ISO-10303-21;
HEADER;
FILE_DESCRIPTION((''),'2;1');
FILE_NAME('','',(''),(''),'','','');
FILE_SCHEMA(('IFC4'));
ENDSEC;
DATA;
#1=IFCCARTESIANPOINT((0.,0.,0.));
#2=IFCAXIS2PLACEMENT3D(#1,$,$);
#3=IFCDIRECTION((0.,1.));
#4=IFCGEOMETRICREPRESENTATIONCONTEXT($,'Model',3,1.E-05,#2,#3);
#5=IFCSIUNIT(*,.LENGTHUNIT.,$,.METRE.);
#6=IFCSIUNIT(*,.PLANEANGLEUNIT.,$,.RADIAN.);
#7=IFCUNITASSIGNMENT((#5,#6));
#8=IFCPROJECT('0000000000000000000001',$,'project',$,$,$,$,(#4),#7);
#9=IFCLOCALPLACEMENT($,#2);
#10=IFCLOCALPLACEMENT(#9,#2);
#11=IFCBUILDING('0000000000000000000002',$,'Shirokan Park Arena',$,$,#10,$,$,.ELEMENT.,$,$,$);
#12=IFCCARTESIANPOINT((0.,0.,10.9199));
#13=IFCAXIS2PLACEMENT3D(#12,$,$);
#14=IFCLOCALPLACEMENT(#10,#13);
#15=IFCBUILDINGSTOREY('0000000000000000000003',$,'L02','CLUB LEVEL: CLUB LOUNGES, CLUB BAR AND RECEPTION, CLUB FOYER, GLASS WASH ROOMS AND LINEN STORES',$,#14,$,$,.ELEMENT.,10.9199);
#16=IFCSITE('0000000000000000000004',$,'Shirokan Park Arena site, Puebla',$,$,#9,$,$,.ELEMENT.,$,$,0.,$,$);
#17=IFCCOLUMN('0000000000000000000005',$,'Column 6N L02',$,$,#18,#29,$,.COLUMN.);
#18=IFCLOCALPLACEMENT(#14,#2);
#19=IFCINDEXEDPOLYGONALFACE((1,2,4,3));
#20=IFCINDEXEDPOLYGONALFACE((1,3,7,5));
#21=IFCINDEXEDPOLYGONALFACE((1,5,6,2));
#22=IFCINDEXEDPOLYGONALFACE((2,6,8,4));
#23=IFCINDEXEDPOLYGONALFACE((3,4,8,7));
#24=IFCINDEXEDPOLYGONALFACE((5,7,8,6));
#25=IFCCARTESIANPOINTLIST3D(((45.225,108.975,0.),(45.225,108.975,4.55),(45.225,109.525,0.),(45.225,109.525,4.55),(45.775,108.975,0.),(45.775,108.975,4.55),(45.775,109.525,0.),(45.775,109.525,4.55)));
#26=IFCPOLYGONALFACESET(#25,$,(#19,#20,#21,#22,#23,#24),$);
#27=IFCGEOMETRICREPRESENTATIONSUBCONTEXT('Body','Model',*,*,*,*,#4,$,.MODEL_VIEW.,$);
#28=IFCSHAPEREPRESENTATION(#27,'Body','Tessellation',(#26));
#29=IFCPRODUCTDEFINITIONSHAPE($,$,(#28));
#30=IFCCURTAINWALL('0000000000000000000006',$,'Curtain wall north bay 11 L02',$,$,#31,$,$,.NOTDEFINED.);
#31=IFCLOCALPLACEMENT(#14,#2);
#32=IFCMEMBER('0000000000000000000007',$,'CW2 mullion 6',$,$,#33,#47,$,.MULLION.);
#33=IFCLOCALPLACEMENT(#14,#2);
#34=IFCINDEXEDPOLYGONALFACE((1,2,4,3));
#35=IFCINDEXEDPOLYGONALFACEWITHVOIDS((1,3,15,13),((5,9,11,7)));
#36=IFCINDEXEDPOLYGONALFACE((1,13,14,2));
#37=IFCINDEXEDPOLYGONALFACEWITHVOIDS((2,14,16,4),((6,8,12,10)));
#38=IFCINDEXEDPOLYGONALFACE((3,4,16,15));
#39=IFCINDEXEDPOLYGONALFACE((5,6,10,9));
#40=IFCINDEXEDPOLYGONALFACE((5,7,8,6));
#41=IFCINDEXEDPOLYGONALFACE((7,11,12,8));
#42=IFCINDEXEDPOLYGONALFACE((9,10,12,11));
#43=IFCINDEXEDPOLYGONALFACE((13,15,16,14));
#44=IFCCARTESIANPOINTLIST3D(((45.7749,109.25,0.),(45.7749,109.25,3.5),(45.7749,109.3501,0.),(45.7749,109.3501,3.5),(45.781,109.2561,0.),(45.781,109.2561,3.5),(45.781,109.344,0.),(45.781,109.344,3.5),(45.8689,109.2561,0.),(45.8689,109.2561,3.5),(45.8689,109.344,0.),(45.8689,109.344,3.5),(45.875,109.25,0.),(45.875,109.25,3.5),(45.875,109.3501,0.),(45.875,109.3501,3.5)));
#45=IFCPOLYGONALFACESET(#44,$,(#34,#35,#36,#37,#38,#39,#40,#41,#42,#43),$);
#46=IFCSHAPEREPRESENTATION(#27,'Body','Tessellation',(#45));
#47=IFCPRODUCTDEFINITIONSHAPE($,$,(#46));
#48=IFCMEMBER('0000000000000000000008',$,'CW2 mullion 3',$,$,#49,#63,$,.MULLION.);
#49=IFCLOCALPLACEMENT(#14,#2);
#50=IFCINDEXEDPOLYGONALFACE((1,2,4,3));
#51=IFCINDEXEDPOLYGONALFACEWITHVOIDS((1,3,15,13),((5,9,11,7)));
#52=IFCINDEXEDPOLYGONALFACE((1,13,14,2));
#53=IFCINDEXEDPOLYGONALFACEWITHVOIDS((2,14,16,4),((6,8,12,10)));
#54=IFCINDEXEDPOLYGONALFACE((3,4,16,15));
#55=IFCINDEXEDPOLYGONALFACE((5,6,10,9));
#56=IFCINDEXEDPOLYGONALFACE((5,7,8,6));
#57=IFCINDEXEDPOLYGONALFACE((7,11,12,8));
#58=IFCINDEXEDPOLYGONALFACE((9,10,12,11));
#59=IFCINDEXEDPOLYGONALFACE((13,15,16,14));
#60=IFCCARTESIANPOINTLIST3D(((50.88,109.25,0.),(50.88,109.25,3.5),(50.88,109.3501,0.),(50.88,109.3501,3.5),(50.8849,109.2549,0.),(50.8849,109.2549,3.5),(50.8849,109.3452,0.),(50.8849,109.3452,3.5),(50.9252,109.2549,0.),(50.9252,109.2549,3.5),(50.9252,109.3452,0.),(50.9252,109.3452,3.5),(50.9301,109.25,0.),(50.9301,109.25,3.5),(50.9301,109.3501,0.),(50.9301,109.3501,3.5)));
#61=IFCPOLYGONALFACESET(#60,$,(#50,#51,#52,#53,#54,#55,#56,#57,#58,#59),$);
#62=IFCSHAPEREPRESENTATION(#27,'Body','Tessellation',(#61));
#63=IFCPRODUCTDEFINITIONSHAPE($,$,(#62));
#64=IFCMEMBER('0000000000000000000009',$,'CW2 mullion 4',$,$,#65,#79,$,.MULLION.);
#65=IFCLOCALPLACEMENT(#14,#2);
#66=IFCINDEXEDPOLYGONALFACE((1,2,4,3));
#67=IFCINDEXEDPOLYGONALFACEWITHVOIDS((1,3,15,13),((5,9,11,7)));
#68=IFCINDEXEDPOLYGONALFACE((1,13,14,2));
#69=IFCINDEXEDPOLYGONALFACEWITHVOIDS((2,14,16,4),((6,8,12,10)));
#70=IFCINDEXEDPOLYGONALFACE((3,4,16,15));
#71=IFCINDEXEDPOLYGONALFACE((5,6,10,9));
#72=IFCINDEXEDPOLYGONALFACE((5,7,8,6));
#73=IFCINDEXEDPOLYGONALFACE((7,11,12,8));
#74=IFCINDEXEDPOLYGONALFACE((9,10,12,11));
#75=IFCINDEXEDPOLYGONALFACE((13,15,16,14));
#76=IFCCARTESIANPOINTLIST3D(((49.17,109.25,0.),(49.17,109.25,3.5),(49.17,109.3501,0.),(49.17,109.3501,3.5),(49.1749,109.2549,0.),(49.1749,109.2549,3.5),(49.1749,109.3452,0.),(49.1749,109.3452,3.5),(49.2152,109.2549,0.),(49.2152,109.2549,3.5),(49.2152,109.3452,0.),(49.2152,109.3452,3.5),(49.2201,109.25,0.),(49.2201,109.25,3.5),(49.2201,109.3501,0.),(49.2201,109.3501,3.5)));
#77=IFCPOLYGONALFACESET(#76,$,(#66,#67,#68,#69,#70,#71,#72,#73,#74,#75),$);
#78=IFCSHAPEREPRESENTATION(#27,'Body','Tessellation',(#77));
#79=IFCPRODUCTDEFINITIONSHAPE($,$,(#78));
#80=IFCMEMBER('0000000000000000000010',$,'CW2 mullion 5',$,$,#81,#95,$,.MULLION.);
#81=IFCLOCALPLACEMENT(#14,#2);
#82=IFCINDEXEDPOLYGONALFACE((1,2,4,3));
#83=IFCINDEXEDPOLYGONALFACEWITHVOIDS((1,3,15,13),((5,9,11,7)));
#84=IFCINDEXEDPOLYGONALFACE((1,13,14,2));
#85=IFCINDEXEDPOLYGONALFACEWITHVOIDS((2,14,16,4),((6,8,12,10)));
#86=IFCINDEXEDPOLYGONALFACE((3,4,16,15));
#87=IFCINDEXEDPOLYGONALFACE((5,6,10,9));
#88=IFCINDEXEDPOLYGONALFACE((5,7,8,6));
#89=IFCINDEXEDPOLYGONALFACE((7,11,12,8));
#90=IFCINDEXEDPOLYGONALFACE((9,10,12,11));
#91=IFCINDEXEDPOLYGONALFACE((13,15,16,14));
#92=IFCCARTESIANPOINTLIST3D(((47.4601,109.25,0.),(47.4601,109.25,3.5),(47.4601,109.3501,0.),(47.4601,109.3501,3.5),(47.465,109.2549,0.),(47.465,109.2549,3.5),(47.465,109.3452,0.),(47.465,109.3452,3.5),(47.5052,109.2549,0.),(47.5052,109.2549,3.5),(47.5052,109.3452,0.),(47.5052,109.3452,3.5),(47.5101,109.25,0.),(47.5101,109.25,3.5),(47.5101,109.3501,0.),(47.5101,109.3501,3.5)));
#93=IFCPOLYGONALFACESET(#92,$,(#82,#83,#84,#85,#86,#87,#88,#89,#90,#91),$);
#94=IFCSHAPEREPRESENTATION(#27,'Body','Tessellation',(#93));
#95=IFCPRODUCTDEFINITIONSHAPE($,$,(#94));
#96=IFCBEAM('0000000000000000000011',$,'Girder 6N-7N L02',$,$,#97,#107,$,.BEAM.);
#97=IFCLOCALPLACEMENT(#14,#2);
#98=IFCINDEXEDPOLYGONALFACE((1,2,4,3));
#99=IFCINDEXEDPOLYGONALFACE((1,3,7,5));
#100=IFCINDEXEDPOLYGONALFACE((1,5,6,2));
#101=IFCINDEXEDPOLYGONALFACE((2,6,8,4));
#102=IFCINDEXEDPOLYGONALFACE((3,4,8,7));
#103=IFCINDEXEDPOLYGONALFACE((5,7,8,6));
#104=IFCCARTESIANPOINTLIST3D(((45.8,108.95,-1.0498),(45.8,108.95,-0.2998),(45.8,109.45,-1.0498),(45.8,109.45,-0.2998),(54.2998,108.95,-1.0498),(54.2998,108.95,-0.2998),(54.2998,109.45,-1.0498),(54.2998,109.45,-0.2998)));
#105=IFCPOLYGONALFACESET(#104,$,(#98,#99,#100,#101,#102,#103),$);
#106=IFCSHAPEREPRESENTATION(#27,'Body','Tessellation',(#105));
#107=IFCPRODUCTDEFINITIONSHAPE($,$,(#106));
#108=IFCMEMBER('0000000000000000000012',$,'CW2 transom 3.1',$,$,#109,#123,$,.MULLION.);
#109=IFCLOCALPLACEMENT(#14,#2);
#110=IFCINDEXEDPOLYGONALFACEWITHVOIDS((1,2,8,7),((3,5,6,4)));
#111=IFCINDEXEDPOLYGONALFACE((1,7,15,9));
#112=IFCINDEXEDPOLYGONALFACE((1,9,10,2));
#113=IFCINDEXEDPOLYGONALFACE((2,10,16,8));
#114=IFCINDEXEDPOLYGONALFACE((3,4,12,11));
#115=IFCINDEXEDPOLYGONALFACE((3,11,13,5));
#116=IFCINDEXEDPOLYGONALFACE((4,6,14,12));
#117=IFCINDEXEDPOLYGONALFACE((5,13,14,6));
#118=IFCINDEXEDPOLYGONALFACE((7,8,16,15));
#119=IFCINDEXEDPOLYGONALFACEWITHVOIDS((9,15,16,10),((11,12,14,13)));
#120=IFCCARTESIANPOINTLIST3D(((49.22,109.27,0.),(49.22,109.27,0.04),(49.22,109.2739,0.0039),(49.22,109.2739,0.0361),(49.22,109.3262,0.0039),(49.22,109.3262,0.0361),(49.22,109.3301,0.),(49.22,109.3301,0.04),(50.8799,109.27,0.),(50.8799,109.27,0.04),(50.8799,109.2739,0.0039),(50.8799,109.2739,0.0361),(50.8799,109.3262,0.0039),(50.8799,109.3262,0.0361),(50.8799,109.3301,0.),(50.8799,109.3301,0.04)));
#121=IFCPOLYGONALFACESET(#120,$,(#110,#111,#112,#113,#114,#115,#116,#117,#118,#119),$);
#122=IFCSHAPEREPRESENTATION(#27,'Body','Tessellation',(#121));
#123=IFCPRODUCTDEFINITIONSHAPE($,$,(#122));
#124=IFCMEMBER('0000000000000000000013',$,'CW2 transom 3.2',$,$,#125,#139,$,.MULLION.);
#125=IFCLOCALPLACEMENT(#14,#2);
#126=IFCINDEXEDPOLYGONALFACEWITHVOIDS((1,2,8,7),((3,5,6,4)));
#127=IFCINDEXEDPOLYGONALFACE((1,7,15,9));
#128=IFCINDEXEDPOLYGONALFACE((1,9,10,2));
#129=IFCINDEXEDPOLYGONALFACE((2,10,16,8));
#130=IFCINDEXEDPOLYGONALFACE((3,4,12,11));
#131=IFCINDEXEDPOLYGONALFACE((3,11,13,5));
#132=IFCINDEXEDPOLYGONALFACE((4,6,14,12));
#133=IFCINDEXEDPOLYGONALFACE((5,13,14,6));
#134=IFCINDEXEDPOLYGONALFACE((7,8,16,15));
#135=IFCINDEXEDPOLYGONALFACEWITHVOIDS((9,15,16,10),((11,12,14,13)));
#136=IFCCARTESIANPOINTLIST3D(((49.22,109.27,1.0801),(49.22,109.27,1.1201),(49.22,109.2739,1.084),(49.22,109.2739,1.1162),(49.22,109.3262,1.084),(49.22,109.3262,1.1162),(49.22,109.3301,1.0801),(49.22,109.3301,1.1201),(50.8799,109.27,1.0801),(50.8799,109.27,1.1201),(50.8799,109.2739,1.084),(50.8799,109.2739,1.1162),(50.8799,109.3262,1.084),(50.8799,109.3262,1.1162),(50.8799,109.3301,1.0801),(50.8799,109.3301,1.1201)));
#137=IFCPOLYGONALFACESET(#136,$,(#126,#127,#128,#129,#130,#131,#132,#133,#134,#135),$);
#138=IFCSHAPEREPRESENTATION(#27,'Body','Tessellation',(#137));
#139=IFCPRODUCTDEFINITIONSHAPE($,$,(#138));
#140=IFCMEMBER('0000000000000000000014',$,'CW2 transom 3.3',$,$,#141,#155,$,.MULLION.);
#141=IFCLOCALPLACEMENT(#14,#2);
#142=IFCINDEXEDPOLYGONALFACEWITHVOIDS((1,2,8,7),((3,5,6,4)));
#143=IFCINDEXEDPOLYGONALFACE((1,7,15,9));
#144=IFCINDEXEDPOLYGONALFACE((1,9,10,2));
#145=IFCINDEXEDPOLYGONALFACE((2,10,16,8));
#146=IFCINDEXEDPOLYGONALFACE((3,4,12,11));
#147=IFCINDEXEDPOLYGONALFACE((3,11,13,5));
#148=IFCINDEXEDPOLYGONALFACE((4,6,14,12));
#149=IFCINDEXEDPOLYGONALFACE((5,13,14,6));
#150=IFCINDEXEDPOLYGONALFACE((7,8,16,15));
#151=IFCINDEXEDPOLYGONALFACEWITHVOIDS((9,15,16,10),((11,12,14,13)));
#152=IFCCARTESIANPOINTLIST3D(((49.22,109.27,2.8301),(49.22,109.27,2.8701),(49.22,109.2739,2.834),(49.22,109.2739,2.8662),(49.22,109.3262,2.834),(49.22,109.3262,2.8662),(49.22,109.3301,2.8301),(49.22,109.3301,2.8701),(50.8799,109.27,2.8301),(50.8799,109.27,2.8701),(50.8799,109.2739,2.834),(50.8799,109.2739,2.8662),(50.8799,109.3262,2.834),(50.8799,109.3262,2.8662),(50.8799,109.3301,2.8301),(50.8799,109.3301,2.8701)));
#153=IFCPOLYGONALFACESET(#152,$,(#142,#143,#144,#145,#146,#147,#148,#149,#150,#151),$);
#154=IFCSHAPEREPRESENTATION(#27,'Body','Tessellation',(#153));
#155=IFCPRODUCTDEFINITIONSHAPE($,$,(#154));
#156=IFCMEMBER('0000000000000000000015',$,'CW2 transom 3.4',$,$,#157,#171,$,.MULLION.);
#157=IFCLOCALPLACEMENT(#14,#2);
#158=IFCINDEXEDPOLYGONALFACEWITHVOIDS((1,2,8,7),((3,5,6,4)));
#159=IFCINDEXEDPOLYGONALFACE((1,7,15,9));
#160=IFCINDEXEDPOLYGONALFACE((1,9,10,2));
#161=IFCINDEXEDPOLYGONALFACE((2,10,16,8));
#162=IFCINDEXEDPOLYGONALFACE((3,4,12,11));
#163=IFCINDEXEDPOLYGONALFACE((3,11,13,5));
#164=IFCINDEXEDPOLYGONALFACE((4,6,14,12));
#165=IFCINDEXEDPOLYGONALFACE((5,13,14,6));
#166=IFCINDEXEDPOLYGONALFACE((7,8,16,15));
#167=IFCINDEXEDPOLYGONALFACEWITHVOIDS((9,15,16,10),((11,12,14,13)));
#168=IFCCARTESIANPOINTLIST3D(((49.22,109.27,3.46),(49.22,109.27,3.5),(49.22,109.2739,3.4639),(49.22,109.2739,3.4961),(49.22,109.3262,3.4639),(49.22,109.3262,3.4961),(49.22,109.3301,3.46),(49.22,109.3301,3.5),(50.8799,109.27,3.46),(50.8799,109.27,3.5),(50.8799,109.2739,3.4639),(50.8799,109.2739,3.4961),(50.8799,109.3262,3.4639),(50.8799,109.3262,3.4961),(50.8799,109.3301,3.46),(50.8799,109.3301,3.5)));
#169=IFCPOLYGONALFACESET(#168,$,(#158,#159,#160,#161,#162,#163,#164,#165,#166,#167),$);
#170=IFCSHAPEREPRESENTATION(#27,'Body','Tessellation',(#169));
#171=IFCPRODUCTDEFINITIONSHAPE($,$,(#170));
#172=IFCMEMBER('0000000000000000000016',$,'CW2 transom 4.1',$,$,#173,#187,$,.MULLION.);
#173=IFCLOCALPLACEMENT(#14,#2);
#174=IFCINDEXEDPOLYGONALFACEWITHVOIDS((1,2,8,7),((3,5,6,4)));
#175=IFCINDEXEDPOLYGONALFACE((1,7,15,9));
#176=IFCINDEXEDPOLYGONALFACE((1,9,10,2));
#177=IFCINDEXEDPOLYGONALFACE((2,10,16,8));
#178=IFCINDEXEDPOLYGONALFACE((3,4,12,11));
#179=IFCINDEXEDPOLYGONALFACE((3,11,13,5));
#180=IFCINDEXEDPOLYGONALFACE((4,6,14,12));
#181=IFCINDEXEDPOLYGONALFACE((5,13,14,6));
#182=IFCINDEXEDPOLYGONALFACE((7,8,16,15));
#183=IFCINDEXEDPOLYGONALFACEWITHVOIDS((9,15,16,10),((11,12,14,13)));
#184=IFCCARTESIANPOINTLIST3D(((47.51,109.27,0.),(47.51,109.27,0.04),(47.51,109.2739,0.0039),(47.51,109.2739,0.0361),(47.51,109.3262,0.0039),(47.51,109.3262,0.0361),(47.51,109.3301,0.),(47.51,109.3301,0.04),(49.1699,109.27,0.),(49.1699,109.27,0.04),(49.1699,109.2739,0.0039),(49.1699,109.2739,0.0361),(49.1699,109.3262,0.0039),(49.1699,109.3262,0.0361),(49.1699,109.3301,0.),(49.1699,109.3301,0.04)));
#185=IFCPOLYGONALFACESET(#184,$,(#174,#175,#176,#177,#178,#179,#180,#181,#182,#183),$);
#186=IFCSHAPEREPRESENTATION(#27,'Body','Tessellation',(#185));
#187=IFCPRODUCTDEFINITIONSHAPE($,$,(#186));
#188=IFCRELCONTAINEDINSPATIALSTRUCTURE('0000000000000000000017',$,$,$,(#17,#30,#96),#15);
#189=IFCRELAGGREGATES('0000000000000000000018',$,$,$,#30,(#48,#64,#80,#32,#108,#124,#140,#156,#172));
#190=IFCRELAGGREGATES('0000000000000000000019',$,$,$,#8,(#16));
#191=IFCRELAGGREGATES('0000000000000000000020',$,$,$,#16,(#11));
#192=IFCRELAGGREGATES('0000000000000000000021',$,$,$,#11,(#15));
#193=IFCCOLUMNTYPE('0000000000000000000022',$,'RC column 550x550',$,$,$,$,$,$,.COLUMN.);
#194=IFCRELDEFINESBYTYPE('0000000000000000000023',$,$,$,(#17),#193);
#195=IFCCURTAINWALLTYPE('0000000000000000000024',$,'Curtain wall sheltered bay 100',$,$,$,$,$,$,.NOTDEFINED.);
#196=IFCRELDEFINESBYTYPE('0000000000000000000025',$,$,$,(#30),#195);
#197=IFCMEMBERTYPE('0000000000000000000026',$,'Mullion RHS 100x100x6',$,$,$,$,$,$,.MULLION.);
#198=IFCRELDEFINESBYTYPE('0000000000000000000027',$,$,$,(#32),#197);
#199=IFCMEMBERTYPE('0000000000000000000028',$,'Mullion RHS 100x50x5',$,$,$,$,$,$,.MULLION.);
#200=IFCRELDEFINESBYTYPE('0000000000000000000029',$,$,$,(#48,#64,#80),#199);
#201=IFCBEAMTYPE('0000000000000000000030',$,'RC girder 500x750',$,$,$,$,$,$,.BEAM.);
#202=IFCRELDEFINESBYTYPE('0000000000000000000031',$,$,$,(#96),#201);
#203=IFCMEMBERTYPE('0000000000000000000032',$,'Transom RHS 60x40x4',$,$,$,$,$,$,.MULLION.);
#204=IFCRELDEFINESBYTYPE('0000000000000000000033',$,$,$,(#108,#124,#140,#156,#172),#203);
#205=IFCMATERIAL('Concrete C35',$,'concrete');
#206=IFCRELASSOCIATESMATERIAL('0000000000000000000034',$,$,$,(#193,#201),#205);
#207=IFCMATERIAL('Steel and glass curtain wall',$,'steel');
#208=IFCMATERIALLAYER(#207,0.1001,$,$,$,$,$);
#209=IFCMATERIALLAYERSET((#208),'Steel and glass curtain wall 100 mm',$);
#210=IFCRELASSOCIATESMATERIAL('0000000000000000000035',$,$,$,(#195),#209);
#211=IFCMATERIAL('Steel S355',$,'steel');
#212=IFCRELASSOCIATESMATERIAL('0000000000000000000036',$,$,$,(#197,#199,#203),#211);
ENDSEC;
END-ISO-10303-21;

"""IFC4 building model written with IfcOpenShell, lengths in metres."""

from ifc_helpers import new_model, si_unit, direction, frame, origin, origin_2d, place, context, subcontext, project, spatial, rectangle, hollow_rectangle, extrude, material, layer, layer_set, material_profile, profile_set, type_object, element, aggregate, save


model = new_model("IFC4")

# Units and contexts
model_context = context("Model", 3, precision=1e-05, world=origin(), true_north=direction((0.0, 1.0)))
body_context = subcontext(model_context, "Body", "Model", "MODEL_VIEW")
ifc_project = project(units=[si_unit("LENGTHUNIT", "METRE"), si_unit("PLANEANGLEUNIT", "RADIAN")], contexts=[model_context])

# Site, building, storey
site_placement = place(None, origin())
site = spatial("IfcSite", under=ifc_project, at=site_placement, Name="Shirokan Park Arena site, Puebla", CompositionType="ELEMENT", RefElevation=0.0)
building_placement = place(site_placement, origin())
building = spatial("IfcBuilding", under=site, at=building_placement, Name="Shirokan Park Arena", CompositionType="ELEMENT")
storey_placement = place(building_placement, frame((0.0, 0.0, 10.9199)))
storey = spatial("IfcBuildingStorey", under=building, at=storey_placement, Name="L02", Description="CLUB LEVEL: CLUB LOUNGES, CLUB BAR AND RECEPTION, CLUB FOYER, GLASS WASH ROOMS AND LINEN STORES", CompositionType="ELEMENT", Elevation=10.9199)

# Column
ifc_material_1 = material(Name="Concrete C35", Category="concrete")
ifc_material_profile_1 = material_profile(ifc_material_1, rectangle(XDim=0.55, YDim=0.55, at=origin_2d()), Name="550x550")
ifc_profile_set_1 = profile_set([ifc_material_profile_1], Name="Concrete C35")
column_type = type_object("IfcColumnType", Name="RC column 550x550", PredefinedType="COLUMN", material=ifc_profile_set_1)
column_placement = place(storey_placement, frame((45.5, 109.25, 0.0), z_axis=(0.0, 0.0, 1.0), x_axis=(1.0, 0.0, 0.0)))
element("IfcColumn", 1, at=column_placement, inside=storey, type_object=column_type, Name="Column 6N L02", PredefinedType="COLUMN", context=body_context, shape_type="SweptSolid", body=[
    extrude(rectangle(XDim=0.55, YDim=0.55, at=origin_2d()), origin(), (0.0, 0.0, 1.0), 4.55),
])

# Curtain wall, members
ifc_material_2 = material(Name="Steel and glass curtain wall", Category="steel")
ifc_layer_1 = layer(ifc_material_2, 0.1001)
ifc_layer_set_1 = layer_set([ifc_layer_1], Name="Steel and glass curtain wall 100 mm")
curtain_wall_type = type_object("IfcCurtainWallType", Name="Curtain wall sheltered bay 100", PredefinedType="NOTDEFINED", material=ifc_layer_set_1)
curtain_wall_placement = place(storey_placement, origin())
curtain_wall = element("IfcCurtainWall", 2, at=curtain_wall_placement, inside=storey, type_object=curtain_wall_type, Name="Curtain wall north bay 11 L02", PredefinedType="NOTDEFINED")
ifc_material_3 = material(Name="Steel S355", Category="steel")
ifc_material_profile_2 = material_profile(ifc_material_3, hollow_rectangle(XDim=0.1001, YDim=0.1001, WallThickness=0.0061, at=origin_2d()), Name="RHS 100x100x6")
ifc_profile_set_2 = profile_set([ifc_material_profile_2], Name="Steel S355")
member_type_1 = type_object("IfcMemberType", Name="Mullion RHS 100x100x6", PredefinedType="MULLION", material=ifc_profile_set_2)
member_1_placement = place(storey_placement, frame((45.825, 109.3, 0.0), z_axis=(0.0, 0.0, 1.0), x_axis=(0.0, -1.0, 0.0)))
member_1 = element("IfcMember", 3, at=member_1_placement, type_object=member_type_1, Name="CW2 mullion 6", PredefinedType="MULLION", context=body_context, shape_type="SweptSolid", body=[
    extrude(hollow_rectangle(XDim=0.1001, YDim=0.1001, WallThickness=0.0061, at=origin_2d()), origin(), (0.0, 0.0, 1.0), 3.5),
])
ifc_material_profile_3 = material_profile(ifc_material_3, hollow_rectangle(XDim=0.1001, YDim=0.05, WallThickness=0.0049, at=origin_2d()), Name="RHS 100x50x5")
ifc_profile_set_3 = profile_set([ifc_material_profile_3], Name="Steel S355")
member_type_2 = type_object("IfcMemberType", Name="Mullion RHS 100x50x5", PredefinedType="MULLION", material=ifc_profile_set_3)
member_2_placement = place(storey_placement, frame((50.905, 109.3, 0.0), z_axis=(0.0, 0.0, 1.0), x_axis=(0.0, -1.0, 0.0)))
member_2 = element("IfcMember", 4, at=member_2_placement, type_object=member_type_2, Name="CW2 mullion 3", PredefinedType="MULLION", context=body_context, shape_type="SweptSolid", body=[
    extrude(hollow_rectangle(XDim=0.1001, YDim=0.05, WallThickness=0.0049, at=origin_2d()), origin(), (0.0, 0.0, 1.0), 3.5),
])
member_3_placement = place(storey_placement, frame((49.1951, 109.3, 0.0), z_axis=(0.0, 0.0, 1.0), x_axis=(0.0, -1.0, 0.0)))
member_3 = element("IfcMember", 5, at=member_3_placement, type_object=member_type_2, Name="CW2 mullion 4", PredefinedType="MULLION", context=body_context, shape_type="SweptSolid", body=[
    extrude(hollow_rectangle(XDim=0.1001, YDim=0.05, WallThickness=0.0049, at=origin_2d()), origin(), (0.0, 0.0, 1.0), 3.5),
])
member_4_placement = place(storey_placement, frame((47.4851, 109.3, 0.0), z_axis=(0.0, 0.0, 1.0), x_axis=(0.0, -1.0, 0.0)))
member_4 = element("IfcMember", 6, at=member_4_placement, type_object=member_type_2, Name="CW2 mullion 5", PredefinedType="MULLION", context=body_context, shape_type="SweptSolid", body=[
    extrude(hollow_rectangle(XDim=0.1001, YDim=0.05, WallThickness=0.0049, at=origin_2d()), origin(), (0.0, 0.0, 1.0), 3.5),
])

# Beam
ifc_material_profile_4 = material_profile(ifc_material_1, rectangle(XDim=0.5, YDim=0.75, at=origin_2d()), Name="500x750")
ifc_profile_set_4 = profile_set([ifc_material_profile_4], Name="Concrete C35")
beam_type = type_object("IfcBeamType", Name="RC girder 500x750", PredefinedType="BEAM", material=ifc_profile_set_4)
beam_placement = place(storey_placement, frame((45.8, 109.2, -0.6748), z_axis=(1.0, 0.0, 0.0), x_axis=(0.0, 1.0, 0.0)))
element("IfcBeam", 7, at=beam_placement, inside=storey, type_object=beam_type, Name="Girder 6N-7N L02", PredefinedType="BEAM", context=body_context, shape_type="SweptSolid", body=[
    extrude(rectangle(XDim=0.5, YDim=0.75, at=origin_2d()), origin(), (0.0, 0.0, 1.0), 8.4998),
])

# Members
ifc_material_profile_5 = material_profile(ifc_material_3, hollow_rectangle(XDim=0.0601, YDim=0.04, WallThickness=0.0039, at=origin_2d()), Name="RHS 60x40x4")
ifc_profile_set_5 = profile_set([ifc_material_profile_5], Name="Steel S355")
member_type_3 = type_object("IfcMemberType", Name="Transom RHS 60x40x4", PredefinedType="MULLION", material=ifc_profile_set_5)
member_5_placement = place(storey_placement, frame((50.8799, 109.3, 0.02), z_axis=(-1.0, 0.0, 0.0), x_axis=(0.0, -1.0, 0.0)))
member_5 = element("IfcMember", 8, at=member_5_placement, type_object=member_type_3, Name="CW2 transom 3.1", PredefinedType="MULLION", context=body_context, shape_type="SweptSolid", body=[
    extrude(hollow_rectangle(XDim=0.0601, YDim=0.04, WallThickness=0.0039, at=origin_2d()), origin(), (0.0, 0.0, 1.0), 1.6599),
])
member_6_placement = place(storey_placement, frame((50.8799, 109.3, 1.1001), z_axis=(-1.0, 0.0, 0.0), x_axis=(0.0, -1.0, 0.0)))
member_6 = element("IfcMember", 9, at=member_6_placement, type_object=member_type_3, Name="CW2 transom 3.2", PredefinedType="MULLION", context=body_context, shape_type="SweptSolid", body=[
    extrude(hollow_rectangle(XDim=0.0601, YDim=0.04, WallThickness=0.0039, at=origin_2d()), origin(), (0.0, 0.0, 1.0), 1.6599),
])
member_7_placement = place(storey_placement, frame((50.8799, 109.3, 2.8501), z_axis=(-1.0, 0.0, 0.0), x_axis=(0.0, -1.0, 0.0)))
member_7 = element("IfcMember", 10, at=member_7_placement, type_object=member_type_3, Name="CW2 transom 3.3", PredefinedType="MULLION", context=body_context, shape_type="SweptSolid", body=[
    extrude(hollow_rectangle(XDim=0.0601, YDim=0.04, WallThickness=0.0039, at=origin_2d()), origin(), (0.0, 0.0, 1.0), 1.6599),
])
member_8_placement = place(storey_placement, frame((50.8799, 109.3, 3.48), z_axis=(-1.0, 0.0, 0.0), x_axis=(0.0, -1.0, 0.0)))
member_8 = element("IfcMember", 11, at=member_8_placement, type_object=member_type_3, Name="CW2 transom 3.4", PredefinedType="MULLION", context=body_context, shape_type="SweptSolid", body=[
    extrude(hollow_rectangle(XDim=0.0601, YDim=0.04, WallThickness=0.0039, at=origin_2d()), origin(), (0.0, 0.0, 1.0), 1.6599),
])
member_9_placement = place(storey_placement, frame((49.1699, 109.3, 0.02), z_axis=(-1.0, 0.0, 0.0), x_axis=(0.0, -1.0, 0.0)))
member_9 = element("IfcMember", 12, at=member_9_placement, type_object=member_type_3, Name="CW2 transom 4.1", PredefinedType="MULLION", context=body_context, shape_type="SweptSolid", body=[
    extrude(hollow_rectangle(XDim=0.0601, YDim=0.04, WallThickness=0.0039, at=origin_2d()), origin(), (0.0, 0.0, 1.0), 1.6599),
])

aggregate(curtain_wall, [member_2, member_3, member_4, member_1, member_5, member_6, member_7, member_8, member_9])

save(model, "model.ifc")
